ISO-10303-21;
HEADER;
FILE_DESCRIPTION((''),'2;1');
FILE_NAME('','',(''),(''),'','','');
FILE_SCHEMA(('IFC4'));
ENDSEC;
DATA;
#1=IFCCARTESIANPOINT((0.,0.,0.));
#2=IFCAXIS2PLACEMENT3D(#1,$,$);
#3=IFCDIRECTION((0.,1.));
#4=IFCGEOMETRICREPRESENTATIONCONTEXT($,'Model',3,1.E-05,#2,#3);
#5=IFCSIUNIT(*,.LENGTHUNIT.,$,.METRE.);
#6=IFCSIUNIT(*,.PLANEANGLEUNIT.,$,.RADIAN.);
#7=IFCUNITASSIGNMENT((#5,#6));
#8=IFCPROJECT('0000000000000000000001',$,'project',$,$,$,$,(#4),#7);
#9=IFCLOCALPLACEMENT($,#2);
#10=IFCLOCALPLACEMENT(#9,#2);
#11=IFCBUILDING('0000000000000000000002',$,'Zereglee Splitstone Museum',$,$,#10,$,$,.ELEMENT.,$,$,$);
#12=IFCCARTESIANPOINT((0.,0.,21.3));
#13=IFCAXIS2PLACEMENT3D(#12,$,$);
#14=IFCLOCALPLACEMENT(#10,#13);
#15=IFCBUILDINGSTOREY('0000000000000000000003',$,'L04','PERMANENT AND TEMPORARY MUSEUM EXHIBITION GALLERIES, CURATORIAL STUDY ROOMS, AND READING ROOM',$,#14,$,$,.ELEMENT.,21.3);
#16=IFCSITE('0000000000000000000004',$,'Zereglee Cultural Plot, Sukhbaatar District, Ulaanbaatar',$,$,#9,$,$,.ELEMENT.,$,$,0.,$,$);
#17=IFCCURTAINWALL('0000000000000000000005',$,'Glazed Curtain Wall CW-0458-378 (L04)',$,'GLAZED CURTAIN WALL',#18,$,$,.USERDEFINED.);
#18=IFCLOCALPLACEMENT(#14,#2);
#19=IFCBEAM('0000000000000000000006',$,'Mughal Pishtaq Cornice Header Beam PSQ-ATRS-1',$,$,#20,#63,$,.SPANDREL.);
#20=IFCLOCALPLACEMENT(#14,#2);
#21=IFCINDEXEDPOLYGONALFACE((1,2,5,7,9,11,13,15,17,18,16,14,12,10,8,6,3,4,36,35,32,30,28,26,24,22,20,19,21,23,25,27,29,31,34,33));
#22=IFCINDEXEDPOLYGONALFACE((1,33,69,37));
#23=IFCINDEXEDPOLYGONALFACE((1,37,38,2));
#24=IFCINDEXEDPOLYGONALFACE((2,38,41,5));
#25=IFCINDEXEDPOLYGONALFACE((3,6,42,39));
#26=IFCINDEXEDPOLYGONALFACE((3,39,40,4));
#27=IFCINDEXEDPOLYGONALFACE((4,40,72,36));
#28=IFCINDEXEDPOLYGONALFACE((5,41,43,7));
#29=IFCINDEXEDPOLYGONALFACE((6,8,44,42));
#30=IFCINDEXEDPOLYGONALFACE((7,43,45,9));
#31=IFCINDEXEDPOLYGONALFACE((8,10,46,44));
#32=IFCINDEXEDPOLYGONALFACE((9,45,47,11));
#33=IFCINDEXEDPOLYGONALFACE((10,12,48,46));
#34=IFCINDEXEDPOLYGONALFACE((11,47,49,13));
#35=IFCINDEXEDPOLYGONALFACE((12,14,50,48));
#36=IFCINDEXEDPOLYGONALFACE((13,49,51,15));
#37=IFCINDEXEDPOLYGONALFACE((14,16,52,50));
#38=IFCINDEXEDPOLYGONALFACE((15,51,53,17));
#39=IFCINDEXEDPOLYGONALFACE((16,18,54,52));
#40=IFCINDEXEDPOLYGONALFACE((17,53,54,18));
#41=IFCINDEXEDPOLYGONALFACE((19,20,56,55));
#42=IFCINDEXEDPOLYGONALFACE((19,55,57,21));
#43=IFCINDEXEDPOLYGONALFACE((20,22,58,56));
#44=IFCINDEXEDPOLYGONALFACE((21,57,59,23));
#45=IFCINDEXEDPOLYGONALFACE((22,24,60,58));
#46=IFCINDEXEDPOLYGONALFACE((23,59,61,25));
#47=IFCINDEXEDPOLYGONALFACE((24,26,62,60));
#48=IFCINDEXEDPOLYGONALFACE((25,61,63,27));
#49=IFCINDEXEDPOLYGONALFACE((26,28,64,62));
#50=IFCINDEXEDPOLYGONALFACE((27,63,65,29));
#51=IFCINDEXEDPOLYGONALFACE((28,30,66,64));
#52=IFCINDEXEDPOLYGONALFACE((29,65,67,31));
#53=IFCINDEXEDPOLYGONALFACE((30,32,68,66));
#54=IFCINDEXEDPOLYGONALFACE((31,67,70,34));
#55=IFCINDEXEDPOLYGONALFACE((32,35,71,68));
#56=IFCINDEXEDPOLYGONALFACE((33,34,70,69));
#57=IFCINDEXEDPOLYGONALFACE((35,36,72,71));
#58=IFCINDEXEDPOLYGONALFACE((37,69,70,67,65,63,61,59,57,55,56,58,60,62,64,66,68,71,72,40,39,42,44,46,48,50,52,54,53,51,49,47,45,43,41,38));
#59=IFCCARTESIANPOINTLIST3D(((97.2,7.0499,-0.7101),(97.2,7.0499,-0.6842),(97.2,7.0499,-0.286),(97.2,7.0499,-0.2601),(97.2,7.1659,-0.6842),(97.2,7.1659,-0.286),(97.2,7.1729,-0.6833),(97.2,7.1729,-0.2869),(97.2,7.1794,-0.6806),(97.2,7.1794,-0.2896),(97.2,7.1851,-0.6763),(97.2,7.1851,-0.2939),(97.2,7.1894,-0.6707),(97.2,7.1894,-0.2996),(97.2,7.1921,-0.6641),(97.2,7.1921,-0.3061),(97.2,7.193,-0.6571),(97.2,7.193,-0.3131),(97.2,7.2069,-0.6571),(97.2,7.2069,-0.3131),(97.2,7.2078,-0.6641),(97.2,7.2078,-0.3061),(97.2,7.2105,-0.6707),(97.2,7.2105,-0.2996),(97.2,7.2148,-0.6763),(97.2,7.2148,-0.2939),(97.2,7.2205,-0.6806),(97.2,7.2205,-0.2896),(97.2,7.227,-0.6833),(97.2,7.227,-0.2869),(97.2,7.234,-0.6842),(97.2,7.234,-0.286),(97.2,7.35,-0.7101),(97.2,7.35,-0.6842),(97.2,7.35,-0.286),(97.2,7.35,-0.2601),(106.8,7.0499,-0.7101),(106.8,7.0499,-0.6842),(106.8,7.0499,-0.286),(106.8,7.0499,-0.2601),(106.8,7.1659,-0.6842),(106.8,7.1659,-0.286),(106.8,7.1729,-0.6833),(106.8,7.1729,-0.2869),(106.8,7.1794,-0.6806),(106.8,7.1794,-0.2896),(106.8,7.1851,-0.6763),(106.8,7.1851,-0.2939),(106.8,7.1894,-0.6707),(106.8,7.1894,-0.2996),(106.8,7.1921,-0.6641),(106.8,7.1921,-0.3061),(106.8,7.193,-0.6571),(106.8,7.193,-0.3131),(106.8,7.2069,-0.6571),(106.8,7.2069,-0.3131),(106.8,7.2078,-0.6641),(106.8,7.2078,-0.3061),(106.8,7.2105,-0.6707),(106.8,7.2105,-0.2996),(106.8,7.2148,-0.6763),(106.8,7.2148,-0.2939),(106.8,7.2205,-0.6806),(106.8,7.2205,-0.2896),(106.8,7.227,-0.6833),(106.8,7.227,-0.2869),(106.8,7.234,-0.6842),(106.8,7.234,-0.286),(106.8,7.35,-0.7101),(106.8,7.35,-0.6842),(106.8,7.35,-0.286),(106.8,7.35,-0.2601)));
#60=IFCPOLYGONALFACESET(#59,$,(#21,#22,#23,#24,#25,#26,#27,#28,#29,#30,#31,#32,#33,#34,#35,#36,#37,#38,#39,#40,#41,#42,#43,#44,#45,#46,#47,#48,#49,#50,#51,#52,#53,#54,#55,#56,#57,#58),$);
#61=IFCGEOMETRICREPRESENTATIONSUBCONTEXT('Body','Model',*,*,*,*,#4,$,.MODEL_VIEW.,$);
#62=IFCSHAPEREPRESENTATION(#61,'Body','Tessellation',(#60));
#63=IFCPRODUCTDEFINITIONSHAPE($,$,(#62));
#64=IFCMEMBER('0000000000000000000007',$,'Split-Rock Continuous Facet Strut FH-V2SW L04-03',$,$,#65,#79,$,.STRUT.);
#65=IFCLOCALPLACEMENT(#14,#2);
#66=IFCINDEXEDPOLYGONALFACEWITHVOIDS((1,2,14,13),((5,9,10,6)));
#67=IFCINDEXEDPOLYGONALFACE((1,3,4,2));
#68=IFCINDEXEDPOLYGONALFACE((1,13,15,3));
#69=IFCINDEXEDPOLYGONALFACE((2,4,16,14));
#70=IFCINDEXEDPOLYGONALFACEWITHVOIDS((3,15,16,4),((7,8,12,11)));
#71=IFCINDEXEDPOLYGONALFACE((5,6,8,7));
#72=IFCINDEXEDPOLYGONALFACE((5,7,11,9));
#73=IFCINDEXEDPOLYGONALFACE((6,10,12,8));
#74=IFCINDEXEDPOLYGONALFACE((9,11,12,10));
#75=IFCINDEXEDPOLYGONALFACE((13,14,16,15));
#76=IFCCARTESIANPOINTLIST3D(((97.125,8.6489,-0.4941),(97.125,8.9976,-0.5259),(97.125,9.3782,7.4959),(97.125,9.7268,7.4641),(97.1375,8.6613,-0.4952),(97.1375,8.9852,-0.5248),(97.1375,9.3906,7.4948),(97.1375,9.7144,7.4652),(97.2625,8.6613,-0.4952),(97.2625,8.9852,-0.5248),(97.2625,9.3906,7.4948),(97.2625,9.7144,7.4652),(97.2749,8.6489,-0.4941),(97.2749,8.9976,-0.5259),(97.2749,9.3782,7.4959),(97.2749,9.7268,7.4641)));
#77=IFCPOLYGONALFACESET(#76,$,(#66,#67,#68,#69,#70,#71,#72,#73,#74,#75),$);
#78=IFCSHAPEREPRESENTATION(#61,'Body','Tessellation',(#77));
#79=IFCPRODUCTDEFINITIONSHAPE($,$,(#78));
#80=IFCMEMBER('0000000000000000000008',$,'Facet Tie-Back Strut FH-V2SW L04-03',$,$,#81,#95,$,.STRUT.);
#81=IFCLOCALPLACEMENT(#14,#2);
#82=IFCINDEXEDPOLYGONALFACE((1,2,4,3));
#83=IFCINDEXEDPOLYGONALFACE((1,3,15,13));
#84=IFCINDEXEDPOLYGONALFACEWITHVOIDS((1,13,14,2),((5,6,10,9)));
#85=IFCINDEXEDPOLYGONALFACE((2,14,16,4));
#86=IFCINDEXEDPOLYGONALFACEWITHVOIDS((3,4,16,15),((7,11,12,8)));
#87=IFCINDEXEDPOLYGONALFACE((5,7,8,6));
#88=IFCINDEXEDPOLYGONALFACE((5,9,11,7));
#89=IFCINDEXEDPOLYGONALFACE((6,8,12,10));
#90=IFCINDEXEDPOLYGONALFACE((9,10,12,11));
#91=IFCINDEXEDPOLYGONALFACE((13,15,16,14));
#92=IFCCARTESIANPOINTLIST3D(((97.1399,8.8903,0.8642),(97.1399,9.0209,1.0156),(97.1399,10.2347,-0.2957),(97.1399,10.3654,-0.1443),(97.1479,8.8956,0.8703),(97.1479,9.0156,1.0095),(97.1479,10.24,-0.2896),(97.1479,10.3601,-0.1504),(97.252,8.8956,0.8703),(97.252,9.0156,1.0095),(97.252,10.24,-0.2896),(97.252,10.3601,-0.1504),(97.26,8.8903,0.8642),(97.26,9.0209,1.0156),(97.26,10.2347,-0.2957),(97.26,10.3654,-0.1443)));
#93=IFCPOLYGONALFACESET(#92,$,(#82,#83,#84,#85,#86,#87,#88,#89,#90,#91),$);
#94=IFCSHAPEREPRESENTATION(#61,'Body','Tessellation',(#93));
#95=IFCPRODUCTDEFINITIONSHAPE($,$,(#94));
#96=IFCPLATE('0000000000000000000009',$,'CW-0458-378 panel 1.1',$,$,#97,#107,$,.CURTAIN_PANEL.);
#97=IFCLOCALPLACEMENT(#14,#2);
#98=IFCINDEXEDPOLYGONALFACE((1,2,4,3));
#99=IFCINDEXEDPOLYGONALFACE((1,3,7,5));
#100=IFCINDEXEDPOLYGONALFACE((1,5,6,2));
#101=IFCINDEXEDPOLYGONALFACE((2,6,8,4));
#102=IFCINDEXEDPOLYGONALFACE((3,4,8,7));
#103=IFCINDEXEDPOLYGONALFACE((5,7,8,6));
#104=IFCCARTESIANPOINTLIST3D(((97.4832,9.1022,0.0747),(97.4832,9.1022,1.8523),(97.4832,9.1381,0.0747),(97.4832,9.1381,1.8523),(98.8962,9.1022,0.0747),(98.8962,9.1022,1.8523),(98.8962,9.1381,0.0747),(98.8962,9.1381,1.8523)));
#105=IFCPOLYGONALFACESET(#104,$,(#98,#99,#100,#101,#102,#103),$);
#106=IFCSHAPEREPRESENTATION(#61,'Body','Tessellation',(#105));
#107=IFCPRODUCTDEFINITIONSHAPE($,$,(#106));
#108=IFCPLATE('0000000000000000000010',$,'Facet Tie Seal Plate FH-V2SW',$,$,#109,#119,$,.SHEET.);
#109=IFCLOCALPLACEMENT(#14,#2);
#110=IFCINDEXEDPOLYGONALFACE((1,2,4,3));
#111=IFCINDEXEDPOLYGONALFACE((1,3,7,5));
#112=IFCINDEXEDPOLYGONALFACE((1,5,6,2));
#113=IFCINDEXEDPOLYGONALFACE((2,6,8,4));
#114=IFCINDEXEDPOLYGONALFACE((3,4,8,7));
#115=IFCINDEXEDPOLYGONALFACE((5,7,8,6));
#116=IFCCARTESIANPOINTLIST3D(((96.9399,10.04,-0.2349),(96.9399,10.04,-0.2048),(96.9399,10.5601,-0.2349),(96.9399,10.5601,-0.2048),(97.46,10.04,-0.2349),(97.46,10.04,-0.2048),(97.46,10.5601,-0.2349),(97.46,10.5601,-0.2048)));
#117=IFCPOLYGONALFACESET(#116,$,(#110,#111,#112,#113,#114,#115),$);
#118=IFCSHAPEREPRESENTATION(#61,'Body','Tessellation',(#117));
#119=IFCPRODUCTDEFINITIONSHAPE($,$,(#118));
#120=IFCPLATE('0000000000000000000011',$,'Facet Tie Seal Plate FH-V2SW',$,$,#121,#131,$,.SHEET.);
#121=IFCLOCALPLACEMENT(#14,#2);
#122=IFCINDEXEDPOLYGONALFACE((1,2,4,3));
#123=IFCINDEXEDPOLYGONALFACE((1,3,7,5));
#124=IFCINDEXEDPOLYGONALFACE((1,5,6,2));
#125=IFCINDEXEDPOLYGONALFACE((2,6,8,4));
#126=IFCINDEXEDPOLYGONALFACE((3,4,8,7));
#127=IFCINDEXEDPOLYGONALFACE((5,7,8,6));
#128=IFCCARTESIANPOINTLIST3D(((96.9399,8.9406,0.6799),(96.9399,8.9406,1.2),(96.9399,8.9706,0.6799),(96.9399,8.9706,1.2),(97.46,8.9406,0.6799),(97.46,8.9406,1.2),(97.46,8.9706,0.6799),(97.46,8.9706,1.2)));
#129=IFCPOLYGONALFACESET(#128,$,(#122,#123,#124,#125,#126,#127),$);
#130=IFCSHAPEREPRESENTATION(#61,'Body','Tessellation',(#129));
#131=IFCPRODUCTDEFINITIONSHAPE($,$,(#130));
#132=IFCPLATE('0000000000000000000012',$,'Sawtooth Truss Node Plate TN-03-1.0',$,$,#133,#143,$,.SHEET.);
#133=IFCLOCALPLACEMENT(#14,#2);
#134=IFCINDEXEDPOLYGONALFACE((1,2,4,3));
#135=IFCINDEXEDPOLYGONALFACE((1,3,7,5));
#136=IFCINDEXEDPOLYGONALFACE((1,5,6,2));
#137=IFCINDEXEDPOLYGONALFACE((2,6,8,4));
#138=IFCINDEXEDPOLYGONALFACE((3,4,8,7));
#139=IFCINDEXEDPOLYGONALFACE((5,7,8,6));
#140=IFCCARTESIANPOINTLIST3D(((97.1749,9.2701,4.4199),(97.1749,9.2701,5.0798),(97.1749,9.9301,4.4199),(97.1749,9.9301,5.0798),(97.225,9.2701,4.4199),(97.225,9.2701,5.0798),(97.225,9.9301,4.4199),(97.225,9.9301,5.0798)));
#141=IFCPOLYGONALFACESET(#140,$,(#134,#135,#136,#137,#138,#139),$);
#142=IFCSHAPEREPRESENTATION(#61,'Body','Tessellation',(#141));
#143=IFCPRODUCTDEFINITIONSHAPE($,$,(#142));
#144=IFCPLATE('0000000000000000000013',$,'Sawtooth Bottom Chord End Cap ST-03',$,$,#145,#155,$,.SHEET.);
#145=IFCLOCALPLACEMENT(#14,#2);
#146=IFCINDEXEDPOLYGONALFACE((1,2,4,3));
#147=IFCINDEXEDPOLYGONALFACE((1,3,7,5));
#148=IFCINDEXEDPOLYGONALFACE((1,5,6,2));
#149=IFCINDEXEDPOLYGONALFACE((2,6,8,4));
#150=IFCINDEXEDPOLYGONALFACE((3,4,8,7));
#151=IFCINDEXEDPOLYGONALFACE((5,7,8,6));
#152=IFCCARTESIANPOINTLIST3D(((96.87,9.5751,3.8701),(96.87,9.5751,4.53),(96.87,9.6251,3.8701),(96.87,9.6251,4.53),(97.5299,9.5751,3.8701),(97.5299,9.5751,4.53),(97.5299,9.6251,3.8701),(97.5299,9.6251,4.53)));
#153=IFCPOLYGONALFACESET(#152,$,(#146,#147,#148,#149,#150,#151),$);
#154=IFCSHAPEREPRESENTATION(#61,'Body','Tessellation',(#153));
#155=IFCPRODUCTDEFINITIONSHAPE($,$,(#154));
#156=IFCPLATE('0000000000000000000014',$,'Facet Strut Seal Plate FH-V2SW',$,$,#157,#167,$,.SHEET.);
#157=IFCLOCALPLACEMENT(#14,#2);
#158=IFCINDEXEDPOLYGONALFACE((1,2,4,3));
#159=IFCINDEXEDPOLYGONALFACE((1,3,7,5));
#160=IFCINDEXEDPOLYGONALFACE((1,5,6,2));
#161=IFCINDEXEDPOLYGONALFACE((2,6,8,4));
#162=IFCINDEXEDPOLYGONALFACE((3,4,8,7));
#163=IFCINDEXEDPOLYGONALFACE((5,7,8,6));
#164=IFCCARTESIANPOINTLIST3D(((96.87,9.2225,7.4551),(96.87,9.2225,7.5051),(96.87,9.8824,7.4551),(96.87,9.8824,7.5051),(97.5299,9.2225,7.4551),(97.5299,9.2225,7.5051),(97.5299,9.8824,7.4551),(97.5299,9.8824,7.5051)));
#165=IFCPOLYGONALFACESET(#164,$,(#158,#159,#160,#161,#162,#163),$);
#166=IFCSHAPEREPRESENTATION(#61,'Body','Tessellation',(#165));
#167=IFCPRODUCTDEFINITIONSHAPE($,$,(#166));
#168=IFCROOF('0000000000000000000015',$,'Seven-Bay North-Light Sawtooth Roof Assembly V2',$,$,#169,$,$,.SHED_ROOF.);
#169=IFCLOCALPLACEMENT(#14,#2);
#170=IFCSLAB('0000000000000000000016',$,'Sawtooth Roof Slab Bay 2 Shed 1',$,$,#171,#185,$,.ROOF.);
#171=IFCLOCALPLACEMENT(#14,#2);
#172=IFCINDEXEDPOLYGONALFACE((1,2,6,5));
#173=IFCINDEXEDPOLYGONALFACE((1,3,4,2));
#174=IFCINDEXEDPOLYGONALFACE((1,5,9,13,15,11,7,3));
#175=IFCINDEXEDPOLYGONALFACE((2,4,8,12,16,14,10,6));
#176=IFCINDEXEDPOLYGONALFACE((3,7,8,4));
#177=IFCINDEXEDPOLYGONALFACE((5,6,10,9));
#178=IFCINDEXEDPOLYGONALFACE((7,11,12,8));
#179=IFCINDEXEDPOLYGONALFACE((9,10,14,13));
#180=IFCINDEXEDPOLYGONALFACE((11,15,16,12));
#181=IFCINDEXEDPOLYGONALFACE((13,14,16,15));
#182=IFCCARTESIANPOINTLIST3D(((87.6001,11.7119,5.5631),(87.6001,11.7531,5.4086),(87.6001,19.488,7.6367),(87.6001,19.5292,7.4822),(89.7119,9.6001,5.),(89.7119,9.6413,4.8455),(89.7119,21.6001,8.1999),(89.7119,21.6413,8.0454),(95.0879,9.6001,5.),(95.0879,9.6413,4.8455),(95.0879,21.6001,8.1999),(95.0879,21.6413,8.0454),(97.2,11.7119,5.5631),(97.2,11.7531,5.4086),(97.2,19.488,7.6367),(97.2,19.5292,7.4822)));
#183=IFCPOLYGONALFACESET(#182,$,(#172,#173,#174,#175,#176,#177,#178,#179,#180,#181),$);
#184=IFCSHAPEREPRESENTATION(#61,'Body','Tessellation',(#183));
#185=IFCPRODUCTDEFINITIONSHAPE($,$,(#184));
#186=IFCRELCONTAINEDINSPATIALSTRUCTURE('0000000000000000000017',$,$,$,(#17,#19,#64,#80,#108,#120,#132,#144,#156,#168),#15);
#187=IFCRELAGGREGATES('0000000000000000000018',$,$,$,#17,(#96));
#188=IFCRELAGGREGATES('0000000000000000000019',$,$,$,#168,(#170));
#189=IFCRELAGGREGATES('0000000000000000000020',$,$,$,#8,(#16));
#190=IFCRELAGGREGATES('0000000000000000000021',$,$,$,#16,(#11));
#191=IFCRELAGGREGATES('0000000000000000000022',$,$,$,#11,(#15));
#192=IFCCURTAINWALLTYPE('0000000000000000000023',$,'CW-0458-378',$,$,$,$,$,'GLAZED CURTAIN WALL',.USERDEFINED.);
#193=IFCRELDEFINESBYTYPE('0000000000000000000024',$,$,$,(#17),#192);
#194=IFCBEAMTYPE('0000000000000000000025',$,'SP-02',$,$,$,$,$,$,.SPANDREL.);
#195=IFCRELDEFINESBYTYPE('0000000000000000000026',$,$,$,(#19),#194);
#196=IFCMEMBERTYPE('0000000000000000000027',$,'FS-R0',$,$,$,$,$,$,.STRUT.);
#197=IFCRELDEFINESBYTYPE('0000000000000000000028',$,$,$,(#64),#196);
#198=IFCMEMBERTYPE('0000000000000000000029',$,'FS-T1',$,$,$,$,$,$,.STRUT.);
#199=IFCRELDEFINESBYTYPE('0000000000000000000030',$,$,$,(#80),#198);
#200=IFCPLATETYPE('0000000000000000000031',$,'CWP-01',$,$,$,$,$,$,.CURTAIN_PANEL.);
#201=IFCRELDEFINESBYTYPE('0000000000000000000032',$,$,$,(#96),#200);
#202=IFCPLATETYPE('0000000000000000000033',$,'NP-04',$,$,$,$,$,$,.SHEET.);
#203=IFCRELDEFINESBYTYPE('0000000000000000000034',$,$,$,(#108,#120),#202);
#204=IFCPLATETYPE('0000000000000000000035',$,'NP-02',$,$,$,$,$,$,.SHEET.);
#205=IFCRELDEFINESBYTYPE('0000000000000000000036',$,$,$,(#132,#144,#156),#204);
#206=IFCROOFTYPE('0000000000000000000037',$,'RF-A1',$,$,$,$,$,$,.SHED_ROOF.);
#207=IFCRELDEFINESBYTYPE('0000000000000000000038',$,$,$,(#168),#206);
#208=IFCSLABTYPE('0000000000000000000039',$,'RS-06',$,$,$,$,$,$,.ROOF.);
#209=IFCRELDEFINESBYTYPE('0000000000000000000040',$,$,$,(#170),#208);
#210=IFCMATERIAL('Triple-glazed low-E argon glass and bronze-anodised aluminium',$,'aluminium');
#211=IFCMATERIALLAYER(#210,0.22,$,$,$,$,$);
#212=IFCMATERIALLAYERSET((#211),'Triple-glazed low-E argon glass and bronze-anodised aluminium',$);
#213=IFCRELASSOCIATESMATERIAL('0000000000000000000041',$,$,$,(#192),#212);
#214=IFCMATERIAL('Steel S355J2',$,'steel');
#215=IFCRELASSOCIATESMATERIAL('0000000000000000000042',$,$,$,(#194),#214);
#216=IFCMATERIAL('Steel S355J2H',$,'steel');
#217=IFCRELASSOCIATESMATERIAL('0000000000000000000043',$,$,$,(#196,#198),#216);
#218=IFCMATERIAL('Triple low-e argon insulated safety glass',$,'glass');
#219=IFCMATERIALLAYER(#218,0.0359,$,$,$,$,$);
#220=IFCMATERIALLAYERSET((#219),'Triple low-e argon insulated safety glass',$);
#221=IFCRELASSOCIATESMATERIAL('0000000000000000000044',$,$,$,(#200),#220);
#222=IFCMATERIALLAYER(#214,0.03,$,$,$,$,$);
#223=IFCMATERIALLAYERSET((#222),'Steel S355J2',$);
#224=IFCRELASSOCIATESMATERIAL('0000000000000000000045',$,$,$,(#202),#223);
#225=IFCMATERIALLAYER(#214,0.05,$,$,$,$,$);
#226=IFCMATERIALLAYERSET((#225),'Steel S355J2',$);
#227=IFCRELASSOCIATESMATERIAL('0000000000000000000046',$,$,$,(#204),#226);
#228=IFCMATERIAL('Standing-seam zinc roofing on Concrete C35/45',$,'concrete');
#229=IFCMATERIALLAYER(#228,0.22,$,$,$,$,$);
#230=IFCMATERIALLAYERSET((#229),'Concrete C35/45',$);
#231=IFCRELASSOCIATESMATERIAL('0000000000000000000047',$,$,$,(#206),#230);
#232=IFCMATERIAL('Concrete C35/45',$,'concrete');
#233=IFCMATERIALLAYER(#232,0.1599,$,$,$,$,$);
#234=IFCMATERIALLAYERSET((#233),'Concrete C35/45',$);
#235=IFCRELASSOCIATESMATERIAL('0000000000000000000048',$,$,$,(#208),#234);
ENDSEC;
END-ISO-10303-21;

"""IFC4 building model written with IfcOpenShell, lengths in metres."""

from ifc_helpers import new_model, si_unit, direction, frame, origin, origin_2d, place, context, subcontext, project, spatial, polyline, rectangle, hollow_rectangle, i_section, outline, extrude, material, layer, layer_set, material_profile, profile_set, type_object, element, aggregate, save


model = new_model("IFC4")

# Units and contexts
model_context = context("Model", 3, precision=1e-05, world=origin(), true_north=direction((0.0, 1.0)))
body_context = subcontext(model_context, "Body", "Model", "MODEL_VIEW")
ifc_project = project(units=[si_unit("LENGTHUNIT", "METRE"), si_unit("PLANEANGLEUNIT", "RADIAN")], contexts=[model_context])

# Site, building, storey
site_placement = place(None, origin())
site = spatial("IfcSite", under=ifc_project, at=site_placement, Name="Zereglee Cultural Plot, Sukhbaatar District, Ulaanbaatar", CompositionType="ELEMENT", RefElevation=0.0)
building_placement = place(site_placement, origin())
building = spatial("IfcBuilding", under=site, at=building_placement, Name="Zereglee Splitstone Museum", CompositionType="ELEMENT")
storey_placement = place(building_placement, frame((0.0, 0.0, 21.3)))
storey = spatial("IfcBuildingStorey", under=building, at=storey_placement, Name="L04", Description="PERMANENT AND TEMPORARY MUSEUM EXHIBITION GALLERIES, CURATORIAL STUDY ROOMS, AND READING ROOM", CompositionType="ELEMENT", Elevation=21.3)

# Shared definitions
ifc_material_1 = material(Name="Steel S355J2", Category="steel")

# Shared definitions
ifc_material_2 = material(Name="Steel S355J2H", Category="steel")

# Curtain wall
ifc_material_3 = material(Name="Triple-glazed low-E argon glass and bronze-anodised aluminium", Category="aluminium")
ifc_layer_1 = layer(ifc_material_3, 0.22)
ifc_layer_set_1 = layer_set([ifc_layer_1], Name="Triple-glazed low-E argon glass and bronze-anodised aluminium")
curtain_wall_type = type_object("IfcCurtainWallType", Name="CW-0458-378", ElementType="GLAZED CURTAIN WALL", PredefinedType="USERDEFINED", material=ifc_layer_set_1)
curtain_wall_placement = place(storey_placement, origin())
curtain_wall = element("IfcCurtainWall", 1, at=curtain_wall_placement, inside=storey, type_object=curtain_wall_type, Name="Glazed Curtain Wall CW-0458-378 (L04)", ObjectType="GLAZED CURTAIN WALL", PredefinedType="USERDEFINED")

# Beam
ifc_material_profile_1 = material_profile(ifc_material_1, i_section(OverallWidth=0.3, OverallDepth=0.45, WebThickness=0.0139, FlangeThickness=0.0259, FilletRadius=0.0271, at=origin_2d()), Name="HE 450 B")
ifc_profile_set_1 = profile_set([ifc_material_profile_1], Name="Steel S355J2")
beam_type_1 = type_object("IfcBeamType", Name="SP-02", PredefinedType="SPANDREL", material=ifc_profile_set_1)
for number, where, z_axis, x_axis, name in (
    (2, (97.2, 7.2, -0.4851), (1.0, 0.0, 0.0), (0.0, 1.0, 0.0), "Mughal Pishtaq Cornice Header Beam PSQ-ATRS-1"),
):
    element("IfcBeam", number, at=place(storey_placement, frame(where, z_axis=z_axis, x_axis=x_axis)), inside=storey, type_object=beam_type_1, Name=name, PredefinedType="SPANDREL", context=body_context, shape_type="SweptSolid", body=[
        extrude(i_section(OverallWidth=0.3, OverallDepth=0.45, WebThickness=0.0139, FlangeThickness=0.0259, FilletRadius=0.0271, at=origin_2d()), origin(), (0.0, 0.0, 1.0), 9.6001),
    ])

# Members
ifc_material_profile_2 = material_profile(ifc_material_2, hollow_rectangle(XDim=0.1499, YDim=0.3501, WallThickness=0.0125, at=origin_2d()), Name="RHS 350x150x12.5")
ifc_profile_set_2 = profile_set([ifc_material_profile_2], Name="Steel S355J2H")
member_type_1 = type_object("IfcMemberType", Name="FS-R0", PredefinedType="STRUT", material=ifc_profile_set_2)
member_1_placement = place(storey_placement, frame((97.2, 8.8232, -0.51), z_axis=(0.0, 0.090892, 0.995861), x_axis=(-1.0, 0.0, 0.0)))
element("IfcMember", 3, at=member_1_placement, inside=storey, type_object=member_type_1, Name="Split-Rock Continuous Facet Strut FH-V2SW L04-03", PredefinedType="STRUT", context=body_context, shape_type="SweptSolid", body=[
    extrude(hollow_rectangle(XDim=0.1499, YDim=0.3501, WallThickness=0.0125, at=origin_2d()), origin(), (0.0, 0.0, 1.0), 8.0232),
])
ifc_material_profile_3 = material_profile(ifc_material_2, hollow_rectangle(XDim=0.1201, YDim=0.2, WallThickness=0.0081, at=origin_2d()), Name="RHS 200x120x8")
ifc_profile_set_3 = profile_set([ifc_material_profile_3], Name="Steel S355J2H")
member_type_2 = type_object("IfcMemberType", Name="FS-T1", PredefinedType="STRUT", material=ifc_profile_set_3)
member_2_placement = place(storey_placement, frame((97.2, 10.3, -0.22), z_axis=(0.0, -0.757166, 0.653222), x_axis=(1.0, 0.0, 0.0)))
element("IfcMember", 4, at=member_2_placement, inside=storey, type_object=member_type_2, Name="Facet Tie-Back Strut FH-V2SW L04-03", PredefinedType="STRUT", context=body_context, shape_type="SweptSolid", body=[
    extrude(hollow_rectangle(XDim=0.1201, YDim=0.2, WallThickness=0.0081, at=origin_2d()), origin(), (0.0, 0.0, 1.0), 1.7756),
])

# Plate
ifc_material_4 = material(Name="Triple low-e argon insulated safety glass", Category="glass")
ifc_layer_2 = layer(ifc_material_4, 0.0359)
ifc_layer_set_2 = layer_set([ifc_layer_2], Name="Triple low-e argon insulated safety glass")
plate_type_1 = type_object("IfcPlateType", Name="CWP-01", PredefinedType="CURTAIN_PANEL", material=ifc_layer_set_2)
plate_1_placement = place(storey_placement, frame((98.1897, 9.1201, 0.0747), z_axis=(0.0, 0.0, 1.0), x_axis=(1.0, 0.0, 0.0)))
plate_1 = element("IfcPlate", 5, at=plate_1_placement, type_object=plate_type_1, Name="CW-0458-378 panel 1.1", PredefinedType="CURTAIN_PANEL", context=body_context, shape_type="SweptSolid", body=[
    extrude(rectangle(XDim=1.4131, YDim=0.0359, at=origin_2d()), origin(), (0.0, 0.0, 1.0), 1.7776),
])
aggregate(curtain_wall, [plate_1])

# Plates
ifc_layer_3 = layer(ifc_material_1, 0.03)
ifc_layer_set_3 = layer_set([ifc_layer_3], Name="Steel S355J2")
plate_type_2 = type_object("IfcPlateType", Name="NP-04", PredefinedType="SHEET", material=ifc_layer_set_3)
plate_2_placement = place(storey_placement, frame((97.2, 10.3, -0.2349), z_axis=(0.0, 0.0, 1.0), x_axis=(1.0, 0.0, 0.0)))
element("IfcPlate", 6, at=plate_2_placement, inside=storey, type_object=plate_type_2, Name="Facet Tie Seal Plate FH-V2SW", PredefinedType="SHEET", context=body_context, shape_type="SweptSolid", body=[
    extrude(rectangle(XDim=0.52, YDim=0.52, at=origin_2d()), origin(), (0.0, 0.0, 1.0), 0.03),
])
plate_3_placement = place(storey_placement, frame((97.2, 8.9556, 0.6799), z_axis=(0.0, 0.0, 1.0), x_axis=(1.0, 0.0, 0.0)))
element("IfcPlate", 7, at=plate_3_placement, inside=storey, type_object=plate_type_2, Name="Facet Tie Seal Plate FH-V2SW", PredefinedType="SHEET", context=body_context, shape_type="SweptSolid", body=[
    extrude(rectangle(XDim=0.52, YDim=0.03, at=origin_2d()), origin(), (0.0, 0.0, 1.0), 0.52),
])
ifc_layer_4 = layer(ifc_material_1, 0.05)
ifc_layer_set_4 = layer_set([ifc_layer_4], Name="Steel S355J2")
plate_type_3 = type_object("IfcPlateType", Name="NP-02", PredefinedType="SHEET", material=ifc_layer_set_4)
plate_4_placement = place(storey_placement, frame((97.2, 9.6001, 4.4199), z_axis=(0.0, 0.0, 1.0), x_axis=(1.0, 0.0, 0.0)))
element("IfcPlate", 8, at=plate_4_placement, inside=storey, type_object=plate_type_3, Name="Sawtooth Truss Node Plate TN-03-1.0", PredefinedType="SHEET", context=body_context, shape_type="SweptSolid", body=[
    extrude(rectangle(XDim=0.05, YDim=0.6599, at=origin_2d()), origin(), (0.0, 0.0, 1.0), 0.6599),
])
plate_5_placement = place(storey_placement, frame((97.2, 9.6001, 3.8701), z_axis=(0.0, 0.0, 1.0), x_axis=(1.0, 0.0, 0.0)))
element("IfcPlate", 9, at=plate_5_placement, inside=storey, type_object=plate_type_3, Name="Sawtooth Bottom Chord End Cap ST-03", PredefinedType="SHEET", context=body_context, shape_type="SweptSolid", body=[
    extrude(rectangle(XDim=0.6599, YDim=0.05, at=origin_2d()), origin(), (0.0, 0.0, 1.0), 0.6599),
])
plate_6_placement = place(storey_placement, frame((97.2, 9.5525, 7.4551), z_axis=(0.0, 0.0, 1.0), x_axis=(1.0, 0.0, 0.0)))
element("IfcPlate", 10, at=plate_6_placement, inside=storey, type_object=plate_type_3, Name="Facet Strut Seal Plate FH-V2SW", PredefinedType="SHEET", context=body_context, shape_type="SweptSolid", body=[
    extrude(rectangle(XDim=0.6599, YDim=0.6599, at=origin_2d()), origin(), (0.0, 0.0, 1.0), 0.05),
])

# Roof, slab
ifc_material_5 = material(Name="Standing-seam zinc roofing on Concrete C35/45", Category="concrete")
ifc_layer_5 = layer(ifc_material_5, 0.22)
ifc_layer_set_5 = layer_set([ifc_layer_5], Name="Concrete C35/45")
roof_type = type_object("IfcRoofType", Name="RF-A1", PredefinedType="SHED_ROOF", material=ifc_layer_set_5)
roof_placement = place(storey_placement, origin())
roof = element("IfcRoof", 11, at=roof_placement, inside=storey, type_object=roof_type, Name="Seven-Bay North-Light Sawtooth Roof Assembly V2", PredefinedType="SHED_ROOF")
ifc_material_6 = material(Name="Concrete C35/45", Category="concrete")
ifc_layer_6 = layer(ifc_material_6, 0.1599)
ifc_layer_set_6 = layer_set([ifc_layer_6], Name="Concrete C35/45")
slab_type = type_object("IfcSlabType", Name="RS-06", PredefinedType="ROOF", material=ifc_layer_set_6)
slab_placement = place(storey_placement, frame((89.7119, 9.6001, 5.0), z_axis=(0.0, -0.257657, 0.966236), x_axis=(1.0, 0.0, 0.0)))
slab = element("IfcSlab", 12, at=slab_placement, type_object=slab_type, Name="Sawtooth Roof Slab Bay 2 Shed 1", PredefinedType="ROOF", context=body_context, shape_type="SweptSolid", body=[
    extrude(outline(polyline([(0.0, 0.0), (5.376, 0.0), (7.488, 2.1856), (7.488, 10.2335), (5.376, 12.4193), (0.0, 12.4193), (-2.1118, 10.2335), (-2.1118, 2.1856), (0.0, 0.0)])), origin(), (0.0, 0.0, -1.0), 0.1599),
])
aggregate(roof, [slab])

save(model, "model.ifc")
